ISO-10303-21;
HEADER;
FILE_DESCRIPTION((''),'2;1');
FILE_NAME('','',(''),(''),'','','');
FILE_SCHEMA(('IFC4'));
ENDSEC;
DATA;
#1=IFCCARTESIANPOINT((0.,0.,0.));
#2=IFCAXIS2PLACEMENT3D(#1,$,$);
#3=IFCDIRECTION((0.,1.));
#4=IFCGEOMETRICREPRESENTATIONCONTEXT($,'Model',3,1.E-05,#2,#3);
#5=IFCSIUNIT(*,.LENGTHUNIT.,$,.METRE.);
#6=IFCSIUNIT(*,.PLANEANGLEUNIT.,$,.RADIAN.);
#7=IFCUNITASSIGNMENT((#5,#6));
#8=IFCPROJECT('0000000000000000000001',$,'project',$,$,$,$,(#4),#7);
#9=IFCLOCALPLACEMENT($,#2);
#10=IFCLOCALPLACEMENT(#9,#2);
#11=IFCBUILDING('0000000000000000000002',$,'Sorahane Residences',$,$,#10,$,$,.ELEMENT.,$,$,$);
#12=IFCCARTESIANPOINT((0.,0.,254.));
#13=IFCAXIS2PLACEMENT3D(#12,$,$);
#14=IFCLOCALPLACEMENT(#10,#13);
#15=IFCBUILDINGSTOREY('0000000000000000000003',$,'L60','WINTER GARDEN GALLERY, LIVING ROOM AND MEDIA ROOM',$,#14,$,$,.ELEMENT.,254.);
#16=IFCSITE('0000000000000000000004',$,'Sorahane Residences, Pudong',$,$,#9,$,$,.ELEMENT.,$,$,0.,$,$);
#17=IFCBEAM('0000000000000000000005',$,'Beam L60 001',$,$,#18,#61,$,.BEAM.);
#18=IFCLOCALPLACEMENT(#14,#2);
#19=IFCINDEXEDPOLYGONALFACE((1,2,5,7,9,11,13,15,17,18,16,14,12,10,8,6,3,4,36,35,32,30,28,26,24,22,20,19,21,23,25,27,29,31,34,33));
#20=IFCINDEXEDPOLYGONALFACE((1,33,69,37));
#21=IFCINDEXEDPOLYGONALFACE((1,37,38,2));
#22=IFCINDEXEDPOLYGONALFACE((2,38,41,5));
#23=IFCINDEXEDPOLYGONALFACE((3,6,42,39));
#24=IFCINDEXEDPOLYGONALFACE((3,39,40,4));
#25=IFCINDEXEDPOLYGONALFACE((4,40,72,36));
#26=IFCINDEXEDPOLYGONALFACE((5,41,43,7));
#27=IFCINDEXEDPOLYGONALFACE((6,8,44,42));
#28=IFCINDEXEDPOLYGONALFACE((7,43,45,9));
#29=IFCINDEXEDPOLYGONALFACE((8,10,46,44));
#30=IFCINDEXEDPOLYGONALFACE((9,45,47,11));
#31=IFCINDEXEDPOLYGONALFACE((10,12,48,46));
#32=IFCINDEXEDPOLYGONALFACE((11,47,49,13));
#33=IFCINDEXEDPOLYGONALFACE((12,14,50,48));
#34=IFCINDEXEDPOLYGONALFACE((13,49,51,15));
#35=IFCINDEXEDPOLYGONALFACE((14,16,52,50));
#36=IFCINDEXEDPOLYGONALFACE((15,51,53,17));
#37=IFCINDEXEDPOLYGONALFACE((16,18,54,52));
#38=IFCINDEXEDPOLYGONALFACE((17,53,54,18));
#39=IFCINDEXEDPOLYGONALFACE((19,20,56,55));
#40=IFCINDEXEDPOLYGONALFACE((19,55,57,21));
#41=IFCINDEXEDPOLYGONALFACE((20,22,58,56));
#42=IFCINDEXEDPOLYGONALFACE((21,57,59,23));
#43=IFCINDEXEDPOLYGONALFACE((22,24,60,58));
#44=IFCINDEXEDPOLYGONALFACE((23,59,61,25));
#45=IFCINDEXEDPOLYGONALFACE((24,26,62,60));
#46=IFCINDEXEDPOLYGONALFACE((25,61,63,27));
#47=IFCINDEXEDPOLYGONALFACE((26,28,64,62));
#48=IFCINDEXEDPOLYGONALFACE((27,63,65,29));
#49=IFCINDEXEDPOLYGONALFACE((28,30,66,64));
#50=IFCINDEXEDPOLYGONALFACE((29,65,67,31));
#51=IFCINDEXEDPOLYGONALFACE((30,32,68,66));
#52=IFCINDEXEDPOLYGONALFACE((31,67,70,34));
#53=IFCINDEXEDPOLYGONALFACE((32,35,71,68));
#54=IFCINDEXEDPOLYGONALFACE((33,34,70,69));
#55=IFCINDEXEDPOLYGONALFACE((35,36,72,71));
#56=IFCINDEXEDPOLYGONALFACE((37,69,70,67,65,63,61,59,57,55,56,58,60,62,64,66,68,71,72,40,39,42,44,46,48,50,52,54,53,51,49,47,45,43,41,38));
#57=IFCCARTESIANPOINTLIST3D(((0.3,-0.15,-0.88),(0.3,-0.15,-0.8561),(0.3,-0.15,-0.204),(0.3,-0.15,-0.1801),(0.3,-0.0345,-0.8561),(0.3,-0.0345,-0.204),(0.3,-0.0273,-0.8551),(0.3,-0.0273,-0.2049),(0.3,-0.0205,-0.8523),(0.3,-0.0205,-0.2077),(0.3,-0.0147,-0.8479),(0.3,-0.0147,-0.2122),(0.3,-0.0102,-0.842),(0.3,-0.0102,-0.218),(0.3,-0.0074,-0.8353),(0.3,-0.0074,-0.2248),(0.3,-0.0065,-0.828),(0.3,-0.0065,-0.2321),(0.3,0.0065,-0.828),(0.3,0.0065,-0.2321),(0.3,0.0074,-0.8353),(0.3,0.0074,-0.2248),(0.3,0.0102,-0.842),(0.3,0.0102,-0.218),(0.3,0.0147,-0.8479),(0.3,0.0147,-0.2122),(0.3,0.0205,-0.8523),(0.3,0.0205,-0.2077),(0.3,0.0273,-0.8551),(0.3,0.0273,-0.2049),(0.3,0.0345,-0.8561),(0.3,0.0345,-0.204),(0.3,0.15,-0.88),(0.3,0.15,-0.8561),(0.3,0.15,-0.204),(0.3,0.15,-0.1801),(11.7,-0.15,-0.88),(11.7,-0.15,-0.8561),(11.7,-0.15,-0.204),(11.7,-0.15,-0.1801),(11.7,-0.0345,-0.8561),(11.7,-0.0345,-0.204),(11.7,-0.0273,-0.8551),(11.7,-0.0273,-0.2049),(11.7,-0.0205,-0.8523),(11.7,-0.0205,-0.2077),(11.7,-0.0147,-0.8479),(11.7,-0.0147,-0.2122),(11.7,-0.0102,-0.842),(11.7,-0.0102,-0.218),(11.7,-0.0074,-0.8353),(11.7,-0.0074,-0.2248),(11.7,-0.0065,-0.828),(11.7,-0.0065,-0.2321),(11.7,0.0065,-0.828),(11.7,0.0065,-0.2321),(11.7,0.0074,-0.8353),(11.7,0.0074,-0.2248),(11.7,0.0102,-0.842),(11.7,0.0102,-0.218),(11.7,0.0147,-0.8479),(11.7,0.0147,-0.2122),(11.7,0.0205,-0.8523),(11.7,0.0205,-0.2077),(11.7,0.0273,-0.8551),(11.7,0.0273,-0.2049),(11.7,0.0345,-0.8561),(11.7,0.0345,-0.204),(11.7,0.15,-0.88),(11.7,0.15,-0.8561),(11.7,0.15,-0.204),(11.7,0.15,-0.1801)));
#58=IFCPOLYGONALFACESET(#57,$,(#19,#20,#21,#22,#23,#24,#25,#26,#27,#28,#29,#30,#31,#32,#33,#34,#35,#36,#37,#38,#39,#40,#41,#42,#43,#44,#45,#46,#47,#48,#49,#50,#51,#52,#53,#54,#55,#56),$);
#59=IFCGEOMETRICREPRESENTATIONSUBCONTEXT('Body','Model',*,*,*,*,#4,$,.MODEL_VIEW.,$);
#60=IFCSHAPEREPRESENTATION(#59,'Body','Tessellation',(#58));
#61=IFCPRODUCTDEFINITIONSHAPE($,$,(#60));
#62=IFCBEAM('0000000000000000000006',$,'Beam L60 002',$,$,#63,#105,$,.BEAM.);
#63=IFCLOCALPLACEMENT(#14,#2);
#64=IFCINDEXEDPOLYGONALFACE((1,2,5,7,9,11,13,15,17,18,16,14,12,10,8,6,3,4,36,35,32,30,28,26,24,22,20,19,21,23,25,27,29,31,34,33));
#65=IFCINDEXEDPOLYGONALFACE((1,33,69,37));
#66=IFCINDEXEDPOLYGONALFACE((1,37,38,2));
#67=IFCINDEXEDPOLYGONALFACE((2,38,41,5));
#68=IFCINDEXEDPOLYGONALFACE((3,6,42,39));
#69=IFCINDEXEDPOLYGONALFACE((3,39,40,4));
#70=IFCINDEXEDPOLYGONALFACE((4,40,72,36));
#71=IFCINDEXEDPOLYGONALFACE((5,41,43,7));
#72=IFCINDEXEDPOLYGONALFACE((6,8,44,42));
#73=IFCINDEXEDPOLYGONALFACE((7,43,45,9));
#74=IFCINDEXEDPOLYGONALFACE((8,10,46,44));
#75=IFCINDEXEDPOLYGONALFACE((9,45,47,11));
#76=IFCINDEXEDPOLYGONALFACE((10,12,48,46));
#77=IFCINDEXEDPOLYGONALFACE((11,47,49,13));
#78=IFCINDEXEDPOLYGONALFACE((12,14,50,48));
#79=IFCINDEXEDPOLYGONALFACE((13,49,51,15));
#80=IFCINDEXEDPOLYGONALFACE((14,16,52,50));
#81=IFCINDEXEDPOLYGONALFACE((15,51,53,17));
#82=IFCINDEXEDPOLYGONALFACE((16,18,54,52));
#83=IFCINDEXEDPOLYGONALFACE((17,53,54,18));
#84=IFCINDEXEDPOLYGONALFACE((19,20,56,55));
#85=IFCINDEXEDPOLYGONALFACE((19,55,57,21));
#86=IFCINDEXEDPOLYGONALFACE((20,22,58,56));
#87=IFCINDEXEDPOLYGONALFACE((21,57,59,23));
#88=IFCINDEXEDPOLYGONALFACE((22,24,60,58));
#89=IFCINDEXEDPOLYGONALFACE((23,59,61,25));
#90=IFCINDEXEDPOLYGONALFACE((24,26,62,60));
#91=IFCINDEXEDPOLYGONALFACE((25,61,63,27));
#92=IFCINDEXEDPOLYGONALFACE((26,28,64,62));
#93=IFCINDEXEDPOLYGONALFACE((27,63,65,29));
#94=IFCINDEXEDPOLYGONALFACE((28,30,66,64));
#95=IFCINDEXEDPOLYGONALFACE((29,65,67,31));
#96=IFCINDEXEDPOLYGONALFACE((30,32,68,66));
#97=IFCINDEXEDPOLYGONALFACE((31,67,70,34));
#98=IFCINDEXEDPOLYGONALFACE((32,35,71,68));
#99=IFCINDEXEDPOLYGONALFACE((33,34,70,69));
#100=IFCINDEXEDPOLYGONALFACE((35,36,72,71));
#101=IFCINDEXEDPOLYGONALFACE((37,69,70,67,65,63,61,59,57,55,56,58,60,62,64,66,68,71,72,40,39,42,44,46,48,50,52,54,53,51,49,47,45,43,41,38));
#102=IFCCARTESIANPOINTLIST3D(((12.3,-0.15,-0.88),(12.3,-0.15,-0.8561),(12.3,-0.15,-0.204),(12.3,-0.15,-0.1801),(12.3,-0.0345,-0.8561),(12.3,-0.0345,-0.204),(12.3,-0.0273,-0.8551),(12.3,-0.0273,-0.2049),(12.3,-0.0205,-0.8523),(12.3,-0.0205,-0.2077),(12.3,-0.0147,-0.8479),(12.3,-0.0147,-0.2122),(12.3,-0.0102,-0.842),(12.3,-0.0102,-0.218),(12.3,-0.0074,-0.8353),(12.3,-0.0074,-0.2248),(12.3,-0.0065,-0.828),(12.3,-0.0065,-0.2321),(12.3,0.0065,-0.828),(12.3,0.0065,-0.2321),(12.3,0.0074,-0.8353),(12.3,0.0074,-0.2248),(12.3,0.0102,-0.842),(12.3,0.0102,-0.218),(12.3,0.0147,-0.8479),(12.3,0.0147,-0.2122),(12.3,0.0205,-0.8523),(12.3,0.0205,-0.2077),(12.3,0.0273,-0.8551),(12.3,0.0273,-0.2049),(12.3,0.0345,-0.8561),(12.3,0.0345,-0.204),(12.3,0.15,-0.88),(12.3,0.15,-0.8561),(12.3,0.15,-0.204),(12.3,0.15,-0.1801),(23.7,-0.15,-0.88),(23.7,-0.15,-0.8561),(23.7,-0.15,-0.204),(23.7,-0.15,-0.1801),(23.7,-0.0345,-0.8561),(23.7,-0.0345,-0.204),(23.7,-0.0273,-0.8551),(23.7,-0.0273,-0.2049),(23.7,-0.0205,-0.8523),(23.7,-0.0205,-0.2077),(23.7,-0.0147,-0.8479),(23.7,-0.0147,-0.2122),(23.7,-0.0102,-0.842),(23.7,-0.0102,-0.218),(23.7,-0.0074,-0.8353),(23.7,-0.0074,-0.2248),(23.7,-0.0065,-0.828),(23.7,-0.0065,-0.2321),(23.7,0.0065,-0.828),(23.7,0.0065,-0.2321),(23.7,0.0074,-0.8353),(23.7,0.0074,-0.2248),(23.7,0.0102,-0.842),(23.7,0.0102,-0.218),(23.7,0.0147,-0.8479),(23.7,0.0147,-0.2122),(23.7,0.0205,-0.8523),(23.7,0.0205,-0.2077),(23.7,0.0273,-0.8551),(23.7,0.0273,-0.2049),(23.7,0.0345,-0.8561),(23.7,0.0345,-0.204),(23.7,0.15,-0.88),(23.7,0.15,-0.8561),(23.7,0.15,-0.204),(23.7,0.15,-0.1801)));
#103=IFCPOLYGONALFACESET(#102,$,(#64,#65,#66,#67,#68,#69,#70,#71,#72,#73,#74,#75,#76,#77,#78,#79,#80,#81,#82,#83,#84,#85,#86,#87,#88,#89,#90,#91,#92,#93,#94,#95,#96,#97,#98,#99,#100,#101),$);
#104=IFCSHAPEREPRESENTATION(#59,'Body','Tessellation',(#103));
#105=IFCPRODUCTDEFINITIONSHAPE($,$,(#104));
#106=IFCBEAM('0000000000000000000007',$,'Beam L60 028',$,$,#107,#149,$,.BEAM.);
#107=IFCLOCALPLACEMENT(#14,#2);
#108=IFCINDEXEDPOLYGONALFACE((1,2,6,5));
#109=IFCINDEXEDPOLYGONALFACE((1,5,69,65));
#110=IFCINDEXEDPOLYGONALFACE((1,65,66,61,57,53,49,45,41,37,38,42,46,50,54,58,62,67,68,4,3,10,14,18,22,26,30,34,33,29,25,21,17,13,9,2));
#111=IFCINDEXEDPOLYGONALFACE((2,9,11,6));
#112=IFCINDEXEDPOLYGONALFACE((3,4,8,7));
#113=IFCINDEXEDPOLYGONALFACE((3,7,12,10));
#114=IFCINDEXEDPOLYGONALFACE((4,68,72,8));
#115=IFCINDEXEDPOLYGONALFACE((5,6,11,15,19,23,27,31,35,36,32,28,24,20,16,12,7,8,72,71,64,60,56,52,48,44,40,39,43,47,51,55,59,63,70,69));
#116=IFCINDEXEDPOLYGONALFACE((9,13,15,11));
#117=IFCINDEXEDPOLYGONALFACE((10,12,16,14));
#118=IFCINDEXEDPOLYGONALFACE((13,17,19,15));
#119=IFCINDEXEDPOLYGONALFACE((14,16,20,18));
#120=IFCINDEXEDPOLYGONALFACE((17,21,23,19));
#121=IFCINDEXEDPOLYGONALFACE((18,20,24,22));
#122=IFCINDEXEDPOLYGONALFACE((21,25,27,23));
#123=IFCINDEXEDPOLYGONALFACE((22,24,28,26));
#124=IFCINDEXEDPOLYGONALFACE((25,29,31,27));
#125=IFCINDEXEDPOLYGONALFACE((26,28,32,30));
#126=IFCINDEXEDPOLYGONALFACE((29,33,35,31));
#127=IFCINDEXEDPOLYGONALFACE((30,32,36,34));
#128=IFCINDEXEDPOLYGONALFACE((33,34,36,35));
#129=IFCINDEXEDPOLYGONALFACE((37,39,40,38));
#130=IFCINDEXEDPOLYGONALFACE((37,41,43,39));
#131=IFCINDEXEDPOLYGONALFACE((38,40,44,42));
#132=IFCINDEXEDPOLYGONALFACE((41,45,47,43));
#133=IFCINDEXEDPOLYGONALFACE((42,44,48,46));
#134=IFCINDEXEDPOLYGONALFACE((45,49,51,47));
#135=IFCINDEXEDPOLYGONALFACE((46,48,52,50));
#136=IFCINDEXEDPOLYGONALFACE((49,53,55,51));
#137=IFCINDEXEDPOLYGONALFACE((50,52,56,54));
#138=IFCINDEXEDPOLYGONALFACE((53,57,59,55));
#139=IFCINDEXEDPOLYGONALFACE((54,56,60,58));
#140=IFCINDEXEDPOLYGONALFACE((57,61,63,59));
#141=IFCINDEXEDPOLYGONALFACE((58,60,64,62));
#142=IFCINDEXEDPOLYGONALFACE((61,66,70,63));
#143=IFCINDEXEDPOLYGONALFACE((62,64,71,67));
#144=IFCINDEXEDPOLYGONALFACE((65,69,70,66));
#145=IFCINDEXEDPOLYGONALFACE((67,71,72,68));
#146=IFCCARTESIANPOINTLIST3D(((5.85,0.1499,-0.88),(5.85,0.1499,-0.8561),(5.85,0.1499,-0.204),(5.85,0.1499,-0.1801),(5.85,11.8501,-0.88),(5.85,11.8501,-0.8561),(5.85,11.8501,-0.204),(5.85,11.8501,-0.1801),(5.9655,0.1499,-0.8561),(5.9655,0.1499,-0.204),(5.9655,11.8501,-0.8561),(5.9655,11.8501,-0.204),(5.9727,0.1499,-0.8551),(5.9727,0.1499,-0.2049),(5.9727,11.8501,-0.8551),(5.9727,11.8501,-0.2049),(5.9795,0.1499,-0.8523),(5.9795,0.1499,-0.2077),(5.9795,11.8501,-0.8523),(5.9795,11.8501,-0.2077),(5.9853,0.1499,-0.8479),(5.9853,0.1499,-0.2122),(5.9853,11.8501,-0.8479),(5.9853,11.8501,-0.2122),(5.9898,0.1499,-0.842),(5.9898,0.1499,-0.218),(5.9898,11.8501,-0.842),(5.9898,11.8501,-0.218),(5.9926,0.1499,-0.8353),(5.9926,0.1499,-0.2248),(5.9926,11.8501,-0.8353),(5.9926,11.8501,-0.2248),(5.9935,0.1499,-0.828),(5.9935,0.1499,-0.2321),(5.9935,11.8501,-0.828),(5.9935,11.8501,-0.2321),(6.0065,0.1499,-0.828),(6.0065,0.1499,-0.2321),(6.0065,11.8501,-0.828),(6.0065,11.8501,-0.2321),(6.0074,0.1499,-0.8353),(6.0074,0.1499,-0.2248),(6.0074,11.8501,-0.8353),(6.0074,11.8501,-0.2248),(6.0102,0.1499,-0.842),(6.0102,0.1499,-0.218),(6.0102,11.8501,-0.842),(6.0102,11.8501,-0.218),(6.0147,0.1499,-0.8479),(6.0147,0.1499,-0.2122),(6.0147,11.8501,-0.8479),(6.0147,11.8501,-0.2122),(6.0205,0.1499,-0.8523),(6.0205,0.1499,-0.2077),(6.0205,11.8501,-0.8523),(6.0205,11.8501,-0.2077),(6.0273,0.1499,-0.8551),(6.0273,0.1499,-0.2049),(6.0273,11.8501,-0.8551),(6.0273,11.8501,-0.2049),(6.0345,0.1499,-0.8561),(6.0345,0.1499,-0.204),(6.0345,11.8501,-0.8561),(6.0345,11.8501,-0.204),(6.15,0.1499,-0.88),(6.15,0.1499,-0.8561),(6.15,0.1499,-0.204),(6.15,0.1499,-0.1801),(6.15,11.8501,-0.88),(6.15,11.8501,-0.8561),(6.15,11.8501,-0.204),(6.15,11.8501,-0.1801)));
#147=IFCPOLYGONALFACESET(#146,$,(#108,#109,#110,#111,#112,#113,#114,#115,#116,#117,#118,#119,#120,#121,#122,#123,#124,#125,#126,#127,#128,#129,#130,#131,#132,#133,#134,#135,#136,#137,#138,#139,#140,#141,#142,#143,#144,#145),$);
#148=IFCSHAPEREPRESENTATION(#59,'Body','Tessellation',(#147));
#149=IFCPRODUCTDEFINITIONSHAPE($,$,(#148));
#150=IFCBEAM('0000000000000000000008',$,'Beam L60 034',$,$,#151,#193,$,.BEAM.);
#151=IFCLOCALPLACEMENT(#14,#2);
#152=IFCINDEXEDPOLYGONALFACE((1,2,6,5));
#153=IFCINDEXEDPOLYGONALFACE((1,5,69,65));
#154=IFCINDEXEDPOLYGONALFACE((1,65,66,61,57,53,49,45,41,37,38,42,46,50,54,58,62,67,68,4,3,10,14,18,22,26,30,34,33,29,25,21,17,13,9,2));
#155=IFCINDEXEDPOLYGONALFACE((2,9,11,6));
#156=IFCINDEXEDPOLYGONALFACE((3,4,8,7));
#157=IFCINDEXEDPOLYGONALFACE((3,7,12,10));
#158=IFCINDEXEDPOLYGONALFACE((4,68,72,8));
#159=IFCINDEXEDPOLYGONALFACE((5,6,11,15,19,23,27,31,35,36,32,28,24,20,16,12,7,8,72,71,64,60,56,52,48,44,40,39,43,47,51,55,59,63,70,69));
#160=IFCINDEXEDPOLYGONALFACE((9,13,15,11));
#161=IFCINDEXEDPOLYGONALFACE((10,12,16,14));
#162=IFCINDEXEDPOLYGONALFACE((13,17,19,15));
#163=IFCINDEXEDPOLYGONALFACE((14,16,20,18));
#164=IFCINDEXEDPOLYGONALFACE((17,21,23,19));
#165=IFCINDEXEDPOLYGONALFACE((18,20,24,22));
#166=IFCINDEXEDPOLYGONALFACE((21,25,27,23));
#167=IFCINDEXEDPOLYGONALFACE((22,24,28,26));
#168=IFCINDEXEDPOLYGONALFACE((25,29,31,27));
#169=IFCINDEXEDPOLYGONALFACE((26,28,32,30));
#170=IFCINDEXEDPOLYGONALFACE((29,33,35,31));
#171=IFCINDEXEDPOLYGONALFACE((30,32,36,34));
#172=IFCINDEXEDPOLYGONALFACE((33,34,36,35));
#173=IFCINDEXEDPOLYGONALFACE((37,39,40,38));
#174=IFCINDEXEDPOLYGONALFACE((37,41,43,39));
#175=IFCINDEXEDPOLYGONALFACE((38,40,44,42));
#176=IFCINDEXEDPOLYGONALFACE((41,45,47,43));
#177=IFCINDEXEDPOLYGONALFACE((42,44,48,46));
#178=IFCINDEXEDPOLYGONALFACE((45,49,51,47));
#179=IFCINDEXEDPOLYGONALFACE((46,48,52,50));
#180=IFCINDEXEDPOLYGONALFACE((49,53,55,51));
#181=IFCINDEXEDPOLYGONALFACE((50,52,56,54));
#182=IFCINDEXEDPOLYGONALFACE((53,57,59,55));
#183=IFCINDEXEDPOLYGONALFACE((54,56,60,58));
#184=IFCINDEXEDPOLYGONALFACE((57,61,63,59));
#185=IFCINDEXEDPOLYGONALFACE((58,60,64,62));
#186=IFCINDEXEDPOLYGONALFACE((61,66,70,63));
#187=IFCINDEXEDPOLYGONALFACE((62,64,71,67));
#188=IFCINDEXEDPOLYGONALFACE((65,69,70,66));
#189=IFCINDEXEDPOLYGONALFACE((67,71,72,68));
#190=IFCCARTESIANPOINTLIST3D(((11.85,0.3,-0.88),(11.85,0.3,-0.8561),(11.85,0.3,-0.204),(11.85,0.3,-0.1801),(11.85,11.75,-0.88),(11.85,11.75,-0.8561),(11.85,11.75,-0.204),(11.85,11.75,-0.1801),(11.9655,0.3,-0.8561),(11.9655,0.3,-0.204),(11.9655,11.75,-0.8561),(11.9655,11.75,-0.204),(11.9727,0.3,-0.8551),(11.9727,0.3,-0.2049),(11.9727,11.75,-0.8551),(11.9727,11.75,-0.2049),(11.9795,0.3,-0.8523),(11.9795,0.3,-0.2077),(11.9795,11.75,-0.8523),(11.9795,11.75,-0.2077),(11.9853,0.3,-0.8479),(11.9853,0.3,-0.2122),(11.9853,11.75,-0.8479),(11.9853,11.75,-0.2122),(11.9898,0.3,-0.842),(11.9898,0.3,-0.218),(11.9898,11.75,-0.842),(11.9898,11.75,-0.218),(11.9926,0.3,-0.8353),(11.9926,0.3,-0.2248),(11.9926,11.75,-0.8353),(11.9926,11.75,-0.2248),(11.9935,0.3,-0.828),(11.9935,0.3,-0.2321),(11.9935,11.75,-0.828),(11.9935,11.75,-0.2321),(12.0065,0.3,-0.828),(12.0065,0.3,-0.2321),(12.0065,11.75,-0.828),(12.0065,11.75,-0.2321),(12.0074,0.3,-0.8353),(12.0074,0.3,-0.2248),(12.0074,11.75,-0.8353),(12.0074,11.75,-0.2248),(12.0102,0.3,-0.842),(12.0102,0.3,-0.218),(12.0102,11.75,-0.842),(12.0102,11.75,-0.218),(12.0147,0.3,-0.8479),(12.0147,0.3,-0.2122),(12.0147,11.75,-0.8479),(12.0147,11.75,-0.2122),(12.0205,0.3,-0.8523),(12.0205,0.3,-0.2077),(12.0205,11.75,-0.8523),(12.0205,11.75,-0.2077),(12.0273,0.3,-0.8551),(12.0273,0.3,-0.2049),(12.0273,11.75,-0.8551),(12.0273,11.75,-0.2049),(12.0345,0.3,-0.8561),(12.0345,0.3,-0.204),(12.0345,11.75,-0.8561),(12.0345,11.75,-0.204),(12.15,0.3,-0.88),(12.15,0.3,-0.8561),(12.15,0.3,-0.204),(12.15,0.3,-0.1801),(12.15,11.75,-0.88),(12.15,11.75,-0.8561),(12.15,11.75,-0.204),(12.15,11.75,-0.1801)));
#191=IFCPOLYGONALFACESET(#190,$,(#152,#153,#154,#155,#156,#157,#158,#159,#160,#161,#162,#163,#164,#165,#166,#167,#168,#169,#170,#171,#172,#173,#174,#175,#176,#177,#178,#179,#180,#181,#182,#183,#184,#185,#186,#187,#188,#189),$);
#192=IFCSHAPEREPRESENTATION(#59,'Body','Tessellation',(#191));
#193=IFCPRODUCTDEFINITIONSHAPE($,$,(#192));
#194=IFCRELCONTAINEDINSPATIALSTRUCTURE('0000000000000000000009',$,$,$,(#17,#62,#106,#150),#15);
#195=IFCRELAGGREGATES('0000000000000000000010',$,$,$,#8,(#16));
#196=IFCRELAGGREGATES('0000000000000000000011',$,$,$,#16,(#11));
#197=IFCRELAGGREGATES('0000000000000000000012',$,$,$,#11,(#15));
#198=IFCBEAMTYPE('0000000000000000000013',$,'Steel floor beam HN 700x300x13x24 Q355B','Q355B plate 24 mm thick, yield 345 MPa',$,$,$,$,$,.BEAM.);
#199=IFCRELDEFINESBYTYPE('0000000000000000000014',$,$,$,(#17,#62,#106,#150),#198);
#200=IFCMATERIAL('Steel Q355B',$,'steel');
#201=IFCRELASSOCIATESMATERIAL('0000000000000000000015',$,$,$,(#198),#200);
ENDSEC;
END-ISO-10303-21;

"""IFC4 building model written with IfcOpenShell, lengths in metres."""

from ifc_helpers import new_model, si_unit, direction, frame, origin, origin_2d, place, context, subcontext, project, spatial, i_section, extrude, material, material_profile, profile_set, type_object, element, save


model = new_model("IFC4")

# Units and contexts
model_context = context("Model", 3, precision=1e-05, world=origin(), true_north=direction((0.0, 1.0)))
body_context = subcontext(model_context, "Body", "Model", "MODEL_VIEW")
ifc_project = project(units=[si_unit("LENGTHUNIT", "METRE"), si_unit("PLANEANGLEUNIT", "RADIAN")], contexts=[model_context])

# Site, building, storey
site_placement = place(None, origin())
site = spatial("IfcSite", under=ifc_project, at=site_placement, Name="Sorahane Residences, Pudong", CompositionType="ELEMENT", RefElevation=0.0)
building_placement = place(site_placement, origin())
building = spatial("IfcBuilding", under=site, at=building_placement, Name="Sorahane Residences", CompositionType="ELEMENT")
storey_placement = place(building_placement, frame((0.0, 0.0, 254.0)))
storey = spatial("IfcBuildingStorey", under=building, at=storey_placement, Name="L60", Description="WINTER GARDEN GALLERY, LIVING ROOM AND MEDIA ROOM", CompositionType="ELEMENT", Elevation=254.0)

# Beams
ifc_material_1 = material(Name="Steel Q355B", Category="steel")
ifc_material_profile_1 = material_profile(ifc_material_1, i_section(OverallWidth=0.3, OverallDepth=0.7, WebThickness=0.0129, FlangeThickness=0.0239, FilletRadius=0.0281, at=origin_2d()), Name="HN 700x300x13x24")
ifc_profile_set_1 = profile_set([ifc_material_profile_1], Name="Steel Q355B")
beam_type_1 = type_object("IfcBeamType", Name="Steel floor beam HN 700x300x13x24 Q355B", Description="Q355B plate 24 mm thick, yield 345 MPa", PredefinedType="BEAM", material=ifc_profile_set_1)
for number, where, z_axis, x_axis, name in (
    (1, (0.3, 0.0, -0.53), (1.0, 0.0, 0.0), (0.0, 1.0, 0.0), "Beam L60 001"),
    (2, (12.3, 0.0, -0.53), (1.0, 0.0, 0.0), (0.0, 1.0, 0.0), "Beam L60 002"),
):
    element("IfcBeam", number, at=place(storey_placement, frame(where, z_axis=z_axis, x_axis=x_axis)), inside=storey, type_object=beam_type_1, Name=name, PredefinedType="BEAM", context=body_context, shape_type="SweptSolid", body=[
        extrude(i_section(OverallWidth=0.3, OverallDepth=0.7, WebThickness=0.0129, FlangeThickness=0.0239, FilletRadius=0.0281, at=origin_2d()), origin(), (0.0, 0.0, 1.0), 11.3999),
    ])
beam_1_placement = place(storey_placement, frame((6.0, 0.1499, -0.53), z_axis=(0.0, 1.0, 0.0), x_axis=(-1.0, 0.0, 0.0)))
element("IfcBeam", 3, at=beam_1_placement, inside=storey, type_object=beam_type_1, Name="Beam L60 028", PredefinedType="BEAM", context=body_context, shape_type="SweptSolid", body=[
    extrude(i_section(OverallWidth=0.3, OverallDepth=0.7, WebThickness=0.0129, FlangeThickness=0.0239, FilletRadius=0.0281, at=origin_2d()), origin(), (0.0, 0.0, 1.0), 11.7002),
])
beam_2_placement = place(storey_placement, frame((12.0, 0.3, -0.53), z_axis=(0.0, 1.0, 0.0), x_axis=(-1.0, 0.0, 0.0)))
element("IfcBeam", 4, at=beam_2_placement, inside=storey, type_object=beam_type_1, Name="Beam L60 034", PredefinedType="BEAM", context=body_context, shape_type="SweptSolid", body=[
    extrude(i_section(OverallWidth=0.3, OverallDepth=0.7, WebThickness=0.0129, FlangeThickness=0.0239, FilletRadius=0.0281, at=origin_2d()), origin(), (0.0, 0.0, 1.0), 11.45),
])

save(model, "model.ifc")
